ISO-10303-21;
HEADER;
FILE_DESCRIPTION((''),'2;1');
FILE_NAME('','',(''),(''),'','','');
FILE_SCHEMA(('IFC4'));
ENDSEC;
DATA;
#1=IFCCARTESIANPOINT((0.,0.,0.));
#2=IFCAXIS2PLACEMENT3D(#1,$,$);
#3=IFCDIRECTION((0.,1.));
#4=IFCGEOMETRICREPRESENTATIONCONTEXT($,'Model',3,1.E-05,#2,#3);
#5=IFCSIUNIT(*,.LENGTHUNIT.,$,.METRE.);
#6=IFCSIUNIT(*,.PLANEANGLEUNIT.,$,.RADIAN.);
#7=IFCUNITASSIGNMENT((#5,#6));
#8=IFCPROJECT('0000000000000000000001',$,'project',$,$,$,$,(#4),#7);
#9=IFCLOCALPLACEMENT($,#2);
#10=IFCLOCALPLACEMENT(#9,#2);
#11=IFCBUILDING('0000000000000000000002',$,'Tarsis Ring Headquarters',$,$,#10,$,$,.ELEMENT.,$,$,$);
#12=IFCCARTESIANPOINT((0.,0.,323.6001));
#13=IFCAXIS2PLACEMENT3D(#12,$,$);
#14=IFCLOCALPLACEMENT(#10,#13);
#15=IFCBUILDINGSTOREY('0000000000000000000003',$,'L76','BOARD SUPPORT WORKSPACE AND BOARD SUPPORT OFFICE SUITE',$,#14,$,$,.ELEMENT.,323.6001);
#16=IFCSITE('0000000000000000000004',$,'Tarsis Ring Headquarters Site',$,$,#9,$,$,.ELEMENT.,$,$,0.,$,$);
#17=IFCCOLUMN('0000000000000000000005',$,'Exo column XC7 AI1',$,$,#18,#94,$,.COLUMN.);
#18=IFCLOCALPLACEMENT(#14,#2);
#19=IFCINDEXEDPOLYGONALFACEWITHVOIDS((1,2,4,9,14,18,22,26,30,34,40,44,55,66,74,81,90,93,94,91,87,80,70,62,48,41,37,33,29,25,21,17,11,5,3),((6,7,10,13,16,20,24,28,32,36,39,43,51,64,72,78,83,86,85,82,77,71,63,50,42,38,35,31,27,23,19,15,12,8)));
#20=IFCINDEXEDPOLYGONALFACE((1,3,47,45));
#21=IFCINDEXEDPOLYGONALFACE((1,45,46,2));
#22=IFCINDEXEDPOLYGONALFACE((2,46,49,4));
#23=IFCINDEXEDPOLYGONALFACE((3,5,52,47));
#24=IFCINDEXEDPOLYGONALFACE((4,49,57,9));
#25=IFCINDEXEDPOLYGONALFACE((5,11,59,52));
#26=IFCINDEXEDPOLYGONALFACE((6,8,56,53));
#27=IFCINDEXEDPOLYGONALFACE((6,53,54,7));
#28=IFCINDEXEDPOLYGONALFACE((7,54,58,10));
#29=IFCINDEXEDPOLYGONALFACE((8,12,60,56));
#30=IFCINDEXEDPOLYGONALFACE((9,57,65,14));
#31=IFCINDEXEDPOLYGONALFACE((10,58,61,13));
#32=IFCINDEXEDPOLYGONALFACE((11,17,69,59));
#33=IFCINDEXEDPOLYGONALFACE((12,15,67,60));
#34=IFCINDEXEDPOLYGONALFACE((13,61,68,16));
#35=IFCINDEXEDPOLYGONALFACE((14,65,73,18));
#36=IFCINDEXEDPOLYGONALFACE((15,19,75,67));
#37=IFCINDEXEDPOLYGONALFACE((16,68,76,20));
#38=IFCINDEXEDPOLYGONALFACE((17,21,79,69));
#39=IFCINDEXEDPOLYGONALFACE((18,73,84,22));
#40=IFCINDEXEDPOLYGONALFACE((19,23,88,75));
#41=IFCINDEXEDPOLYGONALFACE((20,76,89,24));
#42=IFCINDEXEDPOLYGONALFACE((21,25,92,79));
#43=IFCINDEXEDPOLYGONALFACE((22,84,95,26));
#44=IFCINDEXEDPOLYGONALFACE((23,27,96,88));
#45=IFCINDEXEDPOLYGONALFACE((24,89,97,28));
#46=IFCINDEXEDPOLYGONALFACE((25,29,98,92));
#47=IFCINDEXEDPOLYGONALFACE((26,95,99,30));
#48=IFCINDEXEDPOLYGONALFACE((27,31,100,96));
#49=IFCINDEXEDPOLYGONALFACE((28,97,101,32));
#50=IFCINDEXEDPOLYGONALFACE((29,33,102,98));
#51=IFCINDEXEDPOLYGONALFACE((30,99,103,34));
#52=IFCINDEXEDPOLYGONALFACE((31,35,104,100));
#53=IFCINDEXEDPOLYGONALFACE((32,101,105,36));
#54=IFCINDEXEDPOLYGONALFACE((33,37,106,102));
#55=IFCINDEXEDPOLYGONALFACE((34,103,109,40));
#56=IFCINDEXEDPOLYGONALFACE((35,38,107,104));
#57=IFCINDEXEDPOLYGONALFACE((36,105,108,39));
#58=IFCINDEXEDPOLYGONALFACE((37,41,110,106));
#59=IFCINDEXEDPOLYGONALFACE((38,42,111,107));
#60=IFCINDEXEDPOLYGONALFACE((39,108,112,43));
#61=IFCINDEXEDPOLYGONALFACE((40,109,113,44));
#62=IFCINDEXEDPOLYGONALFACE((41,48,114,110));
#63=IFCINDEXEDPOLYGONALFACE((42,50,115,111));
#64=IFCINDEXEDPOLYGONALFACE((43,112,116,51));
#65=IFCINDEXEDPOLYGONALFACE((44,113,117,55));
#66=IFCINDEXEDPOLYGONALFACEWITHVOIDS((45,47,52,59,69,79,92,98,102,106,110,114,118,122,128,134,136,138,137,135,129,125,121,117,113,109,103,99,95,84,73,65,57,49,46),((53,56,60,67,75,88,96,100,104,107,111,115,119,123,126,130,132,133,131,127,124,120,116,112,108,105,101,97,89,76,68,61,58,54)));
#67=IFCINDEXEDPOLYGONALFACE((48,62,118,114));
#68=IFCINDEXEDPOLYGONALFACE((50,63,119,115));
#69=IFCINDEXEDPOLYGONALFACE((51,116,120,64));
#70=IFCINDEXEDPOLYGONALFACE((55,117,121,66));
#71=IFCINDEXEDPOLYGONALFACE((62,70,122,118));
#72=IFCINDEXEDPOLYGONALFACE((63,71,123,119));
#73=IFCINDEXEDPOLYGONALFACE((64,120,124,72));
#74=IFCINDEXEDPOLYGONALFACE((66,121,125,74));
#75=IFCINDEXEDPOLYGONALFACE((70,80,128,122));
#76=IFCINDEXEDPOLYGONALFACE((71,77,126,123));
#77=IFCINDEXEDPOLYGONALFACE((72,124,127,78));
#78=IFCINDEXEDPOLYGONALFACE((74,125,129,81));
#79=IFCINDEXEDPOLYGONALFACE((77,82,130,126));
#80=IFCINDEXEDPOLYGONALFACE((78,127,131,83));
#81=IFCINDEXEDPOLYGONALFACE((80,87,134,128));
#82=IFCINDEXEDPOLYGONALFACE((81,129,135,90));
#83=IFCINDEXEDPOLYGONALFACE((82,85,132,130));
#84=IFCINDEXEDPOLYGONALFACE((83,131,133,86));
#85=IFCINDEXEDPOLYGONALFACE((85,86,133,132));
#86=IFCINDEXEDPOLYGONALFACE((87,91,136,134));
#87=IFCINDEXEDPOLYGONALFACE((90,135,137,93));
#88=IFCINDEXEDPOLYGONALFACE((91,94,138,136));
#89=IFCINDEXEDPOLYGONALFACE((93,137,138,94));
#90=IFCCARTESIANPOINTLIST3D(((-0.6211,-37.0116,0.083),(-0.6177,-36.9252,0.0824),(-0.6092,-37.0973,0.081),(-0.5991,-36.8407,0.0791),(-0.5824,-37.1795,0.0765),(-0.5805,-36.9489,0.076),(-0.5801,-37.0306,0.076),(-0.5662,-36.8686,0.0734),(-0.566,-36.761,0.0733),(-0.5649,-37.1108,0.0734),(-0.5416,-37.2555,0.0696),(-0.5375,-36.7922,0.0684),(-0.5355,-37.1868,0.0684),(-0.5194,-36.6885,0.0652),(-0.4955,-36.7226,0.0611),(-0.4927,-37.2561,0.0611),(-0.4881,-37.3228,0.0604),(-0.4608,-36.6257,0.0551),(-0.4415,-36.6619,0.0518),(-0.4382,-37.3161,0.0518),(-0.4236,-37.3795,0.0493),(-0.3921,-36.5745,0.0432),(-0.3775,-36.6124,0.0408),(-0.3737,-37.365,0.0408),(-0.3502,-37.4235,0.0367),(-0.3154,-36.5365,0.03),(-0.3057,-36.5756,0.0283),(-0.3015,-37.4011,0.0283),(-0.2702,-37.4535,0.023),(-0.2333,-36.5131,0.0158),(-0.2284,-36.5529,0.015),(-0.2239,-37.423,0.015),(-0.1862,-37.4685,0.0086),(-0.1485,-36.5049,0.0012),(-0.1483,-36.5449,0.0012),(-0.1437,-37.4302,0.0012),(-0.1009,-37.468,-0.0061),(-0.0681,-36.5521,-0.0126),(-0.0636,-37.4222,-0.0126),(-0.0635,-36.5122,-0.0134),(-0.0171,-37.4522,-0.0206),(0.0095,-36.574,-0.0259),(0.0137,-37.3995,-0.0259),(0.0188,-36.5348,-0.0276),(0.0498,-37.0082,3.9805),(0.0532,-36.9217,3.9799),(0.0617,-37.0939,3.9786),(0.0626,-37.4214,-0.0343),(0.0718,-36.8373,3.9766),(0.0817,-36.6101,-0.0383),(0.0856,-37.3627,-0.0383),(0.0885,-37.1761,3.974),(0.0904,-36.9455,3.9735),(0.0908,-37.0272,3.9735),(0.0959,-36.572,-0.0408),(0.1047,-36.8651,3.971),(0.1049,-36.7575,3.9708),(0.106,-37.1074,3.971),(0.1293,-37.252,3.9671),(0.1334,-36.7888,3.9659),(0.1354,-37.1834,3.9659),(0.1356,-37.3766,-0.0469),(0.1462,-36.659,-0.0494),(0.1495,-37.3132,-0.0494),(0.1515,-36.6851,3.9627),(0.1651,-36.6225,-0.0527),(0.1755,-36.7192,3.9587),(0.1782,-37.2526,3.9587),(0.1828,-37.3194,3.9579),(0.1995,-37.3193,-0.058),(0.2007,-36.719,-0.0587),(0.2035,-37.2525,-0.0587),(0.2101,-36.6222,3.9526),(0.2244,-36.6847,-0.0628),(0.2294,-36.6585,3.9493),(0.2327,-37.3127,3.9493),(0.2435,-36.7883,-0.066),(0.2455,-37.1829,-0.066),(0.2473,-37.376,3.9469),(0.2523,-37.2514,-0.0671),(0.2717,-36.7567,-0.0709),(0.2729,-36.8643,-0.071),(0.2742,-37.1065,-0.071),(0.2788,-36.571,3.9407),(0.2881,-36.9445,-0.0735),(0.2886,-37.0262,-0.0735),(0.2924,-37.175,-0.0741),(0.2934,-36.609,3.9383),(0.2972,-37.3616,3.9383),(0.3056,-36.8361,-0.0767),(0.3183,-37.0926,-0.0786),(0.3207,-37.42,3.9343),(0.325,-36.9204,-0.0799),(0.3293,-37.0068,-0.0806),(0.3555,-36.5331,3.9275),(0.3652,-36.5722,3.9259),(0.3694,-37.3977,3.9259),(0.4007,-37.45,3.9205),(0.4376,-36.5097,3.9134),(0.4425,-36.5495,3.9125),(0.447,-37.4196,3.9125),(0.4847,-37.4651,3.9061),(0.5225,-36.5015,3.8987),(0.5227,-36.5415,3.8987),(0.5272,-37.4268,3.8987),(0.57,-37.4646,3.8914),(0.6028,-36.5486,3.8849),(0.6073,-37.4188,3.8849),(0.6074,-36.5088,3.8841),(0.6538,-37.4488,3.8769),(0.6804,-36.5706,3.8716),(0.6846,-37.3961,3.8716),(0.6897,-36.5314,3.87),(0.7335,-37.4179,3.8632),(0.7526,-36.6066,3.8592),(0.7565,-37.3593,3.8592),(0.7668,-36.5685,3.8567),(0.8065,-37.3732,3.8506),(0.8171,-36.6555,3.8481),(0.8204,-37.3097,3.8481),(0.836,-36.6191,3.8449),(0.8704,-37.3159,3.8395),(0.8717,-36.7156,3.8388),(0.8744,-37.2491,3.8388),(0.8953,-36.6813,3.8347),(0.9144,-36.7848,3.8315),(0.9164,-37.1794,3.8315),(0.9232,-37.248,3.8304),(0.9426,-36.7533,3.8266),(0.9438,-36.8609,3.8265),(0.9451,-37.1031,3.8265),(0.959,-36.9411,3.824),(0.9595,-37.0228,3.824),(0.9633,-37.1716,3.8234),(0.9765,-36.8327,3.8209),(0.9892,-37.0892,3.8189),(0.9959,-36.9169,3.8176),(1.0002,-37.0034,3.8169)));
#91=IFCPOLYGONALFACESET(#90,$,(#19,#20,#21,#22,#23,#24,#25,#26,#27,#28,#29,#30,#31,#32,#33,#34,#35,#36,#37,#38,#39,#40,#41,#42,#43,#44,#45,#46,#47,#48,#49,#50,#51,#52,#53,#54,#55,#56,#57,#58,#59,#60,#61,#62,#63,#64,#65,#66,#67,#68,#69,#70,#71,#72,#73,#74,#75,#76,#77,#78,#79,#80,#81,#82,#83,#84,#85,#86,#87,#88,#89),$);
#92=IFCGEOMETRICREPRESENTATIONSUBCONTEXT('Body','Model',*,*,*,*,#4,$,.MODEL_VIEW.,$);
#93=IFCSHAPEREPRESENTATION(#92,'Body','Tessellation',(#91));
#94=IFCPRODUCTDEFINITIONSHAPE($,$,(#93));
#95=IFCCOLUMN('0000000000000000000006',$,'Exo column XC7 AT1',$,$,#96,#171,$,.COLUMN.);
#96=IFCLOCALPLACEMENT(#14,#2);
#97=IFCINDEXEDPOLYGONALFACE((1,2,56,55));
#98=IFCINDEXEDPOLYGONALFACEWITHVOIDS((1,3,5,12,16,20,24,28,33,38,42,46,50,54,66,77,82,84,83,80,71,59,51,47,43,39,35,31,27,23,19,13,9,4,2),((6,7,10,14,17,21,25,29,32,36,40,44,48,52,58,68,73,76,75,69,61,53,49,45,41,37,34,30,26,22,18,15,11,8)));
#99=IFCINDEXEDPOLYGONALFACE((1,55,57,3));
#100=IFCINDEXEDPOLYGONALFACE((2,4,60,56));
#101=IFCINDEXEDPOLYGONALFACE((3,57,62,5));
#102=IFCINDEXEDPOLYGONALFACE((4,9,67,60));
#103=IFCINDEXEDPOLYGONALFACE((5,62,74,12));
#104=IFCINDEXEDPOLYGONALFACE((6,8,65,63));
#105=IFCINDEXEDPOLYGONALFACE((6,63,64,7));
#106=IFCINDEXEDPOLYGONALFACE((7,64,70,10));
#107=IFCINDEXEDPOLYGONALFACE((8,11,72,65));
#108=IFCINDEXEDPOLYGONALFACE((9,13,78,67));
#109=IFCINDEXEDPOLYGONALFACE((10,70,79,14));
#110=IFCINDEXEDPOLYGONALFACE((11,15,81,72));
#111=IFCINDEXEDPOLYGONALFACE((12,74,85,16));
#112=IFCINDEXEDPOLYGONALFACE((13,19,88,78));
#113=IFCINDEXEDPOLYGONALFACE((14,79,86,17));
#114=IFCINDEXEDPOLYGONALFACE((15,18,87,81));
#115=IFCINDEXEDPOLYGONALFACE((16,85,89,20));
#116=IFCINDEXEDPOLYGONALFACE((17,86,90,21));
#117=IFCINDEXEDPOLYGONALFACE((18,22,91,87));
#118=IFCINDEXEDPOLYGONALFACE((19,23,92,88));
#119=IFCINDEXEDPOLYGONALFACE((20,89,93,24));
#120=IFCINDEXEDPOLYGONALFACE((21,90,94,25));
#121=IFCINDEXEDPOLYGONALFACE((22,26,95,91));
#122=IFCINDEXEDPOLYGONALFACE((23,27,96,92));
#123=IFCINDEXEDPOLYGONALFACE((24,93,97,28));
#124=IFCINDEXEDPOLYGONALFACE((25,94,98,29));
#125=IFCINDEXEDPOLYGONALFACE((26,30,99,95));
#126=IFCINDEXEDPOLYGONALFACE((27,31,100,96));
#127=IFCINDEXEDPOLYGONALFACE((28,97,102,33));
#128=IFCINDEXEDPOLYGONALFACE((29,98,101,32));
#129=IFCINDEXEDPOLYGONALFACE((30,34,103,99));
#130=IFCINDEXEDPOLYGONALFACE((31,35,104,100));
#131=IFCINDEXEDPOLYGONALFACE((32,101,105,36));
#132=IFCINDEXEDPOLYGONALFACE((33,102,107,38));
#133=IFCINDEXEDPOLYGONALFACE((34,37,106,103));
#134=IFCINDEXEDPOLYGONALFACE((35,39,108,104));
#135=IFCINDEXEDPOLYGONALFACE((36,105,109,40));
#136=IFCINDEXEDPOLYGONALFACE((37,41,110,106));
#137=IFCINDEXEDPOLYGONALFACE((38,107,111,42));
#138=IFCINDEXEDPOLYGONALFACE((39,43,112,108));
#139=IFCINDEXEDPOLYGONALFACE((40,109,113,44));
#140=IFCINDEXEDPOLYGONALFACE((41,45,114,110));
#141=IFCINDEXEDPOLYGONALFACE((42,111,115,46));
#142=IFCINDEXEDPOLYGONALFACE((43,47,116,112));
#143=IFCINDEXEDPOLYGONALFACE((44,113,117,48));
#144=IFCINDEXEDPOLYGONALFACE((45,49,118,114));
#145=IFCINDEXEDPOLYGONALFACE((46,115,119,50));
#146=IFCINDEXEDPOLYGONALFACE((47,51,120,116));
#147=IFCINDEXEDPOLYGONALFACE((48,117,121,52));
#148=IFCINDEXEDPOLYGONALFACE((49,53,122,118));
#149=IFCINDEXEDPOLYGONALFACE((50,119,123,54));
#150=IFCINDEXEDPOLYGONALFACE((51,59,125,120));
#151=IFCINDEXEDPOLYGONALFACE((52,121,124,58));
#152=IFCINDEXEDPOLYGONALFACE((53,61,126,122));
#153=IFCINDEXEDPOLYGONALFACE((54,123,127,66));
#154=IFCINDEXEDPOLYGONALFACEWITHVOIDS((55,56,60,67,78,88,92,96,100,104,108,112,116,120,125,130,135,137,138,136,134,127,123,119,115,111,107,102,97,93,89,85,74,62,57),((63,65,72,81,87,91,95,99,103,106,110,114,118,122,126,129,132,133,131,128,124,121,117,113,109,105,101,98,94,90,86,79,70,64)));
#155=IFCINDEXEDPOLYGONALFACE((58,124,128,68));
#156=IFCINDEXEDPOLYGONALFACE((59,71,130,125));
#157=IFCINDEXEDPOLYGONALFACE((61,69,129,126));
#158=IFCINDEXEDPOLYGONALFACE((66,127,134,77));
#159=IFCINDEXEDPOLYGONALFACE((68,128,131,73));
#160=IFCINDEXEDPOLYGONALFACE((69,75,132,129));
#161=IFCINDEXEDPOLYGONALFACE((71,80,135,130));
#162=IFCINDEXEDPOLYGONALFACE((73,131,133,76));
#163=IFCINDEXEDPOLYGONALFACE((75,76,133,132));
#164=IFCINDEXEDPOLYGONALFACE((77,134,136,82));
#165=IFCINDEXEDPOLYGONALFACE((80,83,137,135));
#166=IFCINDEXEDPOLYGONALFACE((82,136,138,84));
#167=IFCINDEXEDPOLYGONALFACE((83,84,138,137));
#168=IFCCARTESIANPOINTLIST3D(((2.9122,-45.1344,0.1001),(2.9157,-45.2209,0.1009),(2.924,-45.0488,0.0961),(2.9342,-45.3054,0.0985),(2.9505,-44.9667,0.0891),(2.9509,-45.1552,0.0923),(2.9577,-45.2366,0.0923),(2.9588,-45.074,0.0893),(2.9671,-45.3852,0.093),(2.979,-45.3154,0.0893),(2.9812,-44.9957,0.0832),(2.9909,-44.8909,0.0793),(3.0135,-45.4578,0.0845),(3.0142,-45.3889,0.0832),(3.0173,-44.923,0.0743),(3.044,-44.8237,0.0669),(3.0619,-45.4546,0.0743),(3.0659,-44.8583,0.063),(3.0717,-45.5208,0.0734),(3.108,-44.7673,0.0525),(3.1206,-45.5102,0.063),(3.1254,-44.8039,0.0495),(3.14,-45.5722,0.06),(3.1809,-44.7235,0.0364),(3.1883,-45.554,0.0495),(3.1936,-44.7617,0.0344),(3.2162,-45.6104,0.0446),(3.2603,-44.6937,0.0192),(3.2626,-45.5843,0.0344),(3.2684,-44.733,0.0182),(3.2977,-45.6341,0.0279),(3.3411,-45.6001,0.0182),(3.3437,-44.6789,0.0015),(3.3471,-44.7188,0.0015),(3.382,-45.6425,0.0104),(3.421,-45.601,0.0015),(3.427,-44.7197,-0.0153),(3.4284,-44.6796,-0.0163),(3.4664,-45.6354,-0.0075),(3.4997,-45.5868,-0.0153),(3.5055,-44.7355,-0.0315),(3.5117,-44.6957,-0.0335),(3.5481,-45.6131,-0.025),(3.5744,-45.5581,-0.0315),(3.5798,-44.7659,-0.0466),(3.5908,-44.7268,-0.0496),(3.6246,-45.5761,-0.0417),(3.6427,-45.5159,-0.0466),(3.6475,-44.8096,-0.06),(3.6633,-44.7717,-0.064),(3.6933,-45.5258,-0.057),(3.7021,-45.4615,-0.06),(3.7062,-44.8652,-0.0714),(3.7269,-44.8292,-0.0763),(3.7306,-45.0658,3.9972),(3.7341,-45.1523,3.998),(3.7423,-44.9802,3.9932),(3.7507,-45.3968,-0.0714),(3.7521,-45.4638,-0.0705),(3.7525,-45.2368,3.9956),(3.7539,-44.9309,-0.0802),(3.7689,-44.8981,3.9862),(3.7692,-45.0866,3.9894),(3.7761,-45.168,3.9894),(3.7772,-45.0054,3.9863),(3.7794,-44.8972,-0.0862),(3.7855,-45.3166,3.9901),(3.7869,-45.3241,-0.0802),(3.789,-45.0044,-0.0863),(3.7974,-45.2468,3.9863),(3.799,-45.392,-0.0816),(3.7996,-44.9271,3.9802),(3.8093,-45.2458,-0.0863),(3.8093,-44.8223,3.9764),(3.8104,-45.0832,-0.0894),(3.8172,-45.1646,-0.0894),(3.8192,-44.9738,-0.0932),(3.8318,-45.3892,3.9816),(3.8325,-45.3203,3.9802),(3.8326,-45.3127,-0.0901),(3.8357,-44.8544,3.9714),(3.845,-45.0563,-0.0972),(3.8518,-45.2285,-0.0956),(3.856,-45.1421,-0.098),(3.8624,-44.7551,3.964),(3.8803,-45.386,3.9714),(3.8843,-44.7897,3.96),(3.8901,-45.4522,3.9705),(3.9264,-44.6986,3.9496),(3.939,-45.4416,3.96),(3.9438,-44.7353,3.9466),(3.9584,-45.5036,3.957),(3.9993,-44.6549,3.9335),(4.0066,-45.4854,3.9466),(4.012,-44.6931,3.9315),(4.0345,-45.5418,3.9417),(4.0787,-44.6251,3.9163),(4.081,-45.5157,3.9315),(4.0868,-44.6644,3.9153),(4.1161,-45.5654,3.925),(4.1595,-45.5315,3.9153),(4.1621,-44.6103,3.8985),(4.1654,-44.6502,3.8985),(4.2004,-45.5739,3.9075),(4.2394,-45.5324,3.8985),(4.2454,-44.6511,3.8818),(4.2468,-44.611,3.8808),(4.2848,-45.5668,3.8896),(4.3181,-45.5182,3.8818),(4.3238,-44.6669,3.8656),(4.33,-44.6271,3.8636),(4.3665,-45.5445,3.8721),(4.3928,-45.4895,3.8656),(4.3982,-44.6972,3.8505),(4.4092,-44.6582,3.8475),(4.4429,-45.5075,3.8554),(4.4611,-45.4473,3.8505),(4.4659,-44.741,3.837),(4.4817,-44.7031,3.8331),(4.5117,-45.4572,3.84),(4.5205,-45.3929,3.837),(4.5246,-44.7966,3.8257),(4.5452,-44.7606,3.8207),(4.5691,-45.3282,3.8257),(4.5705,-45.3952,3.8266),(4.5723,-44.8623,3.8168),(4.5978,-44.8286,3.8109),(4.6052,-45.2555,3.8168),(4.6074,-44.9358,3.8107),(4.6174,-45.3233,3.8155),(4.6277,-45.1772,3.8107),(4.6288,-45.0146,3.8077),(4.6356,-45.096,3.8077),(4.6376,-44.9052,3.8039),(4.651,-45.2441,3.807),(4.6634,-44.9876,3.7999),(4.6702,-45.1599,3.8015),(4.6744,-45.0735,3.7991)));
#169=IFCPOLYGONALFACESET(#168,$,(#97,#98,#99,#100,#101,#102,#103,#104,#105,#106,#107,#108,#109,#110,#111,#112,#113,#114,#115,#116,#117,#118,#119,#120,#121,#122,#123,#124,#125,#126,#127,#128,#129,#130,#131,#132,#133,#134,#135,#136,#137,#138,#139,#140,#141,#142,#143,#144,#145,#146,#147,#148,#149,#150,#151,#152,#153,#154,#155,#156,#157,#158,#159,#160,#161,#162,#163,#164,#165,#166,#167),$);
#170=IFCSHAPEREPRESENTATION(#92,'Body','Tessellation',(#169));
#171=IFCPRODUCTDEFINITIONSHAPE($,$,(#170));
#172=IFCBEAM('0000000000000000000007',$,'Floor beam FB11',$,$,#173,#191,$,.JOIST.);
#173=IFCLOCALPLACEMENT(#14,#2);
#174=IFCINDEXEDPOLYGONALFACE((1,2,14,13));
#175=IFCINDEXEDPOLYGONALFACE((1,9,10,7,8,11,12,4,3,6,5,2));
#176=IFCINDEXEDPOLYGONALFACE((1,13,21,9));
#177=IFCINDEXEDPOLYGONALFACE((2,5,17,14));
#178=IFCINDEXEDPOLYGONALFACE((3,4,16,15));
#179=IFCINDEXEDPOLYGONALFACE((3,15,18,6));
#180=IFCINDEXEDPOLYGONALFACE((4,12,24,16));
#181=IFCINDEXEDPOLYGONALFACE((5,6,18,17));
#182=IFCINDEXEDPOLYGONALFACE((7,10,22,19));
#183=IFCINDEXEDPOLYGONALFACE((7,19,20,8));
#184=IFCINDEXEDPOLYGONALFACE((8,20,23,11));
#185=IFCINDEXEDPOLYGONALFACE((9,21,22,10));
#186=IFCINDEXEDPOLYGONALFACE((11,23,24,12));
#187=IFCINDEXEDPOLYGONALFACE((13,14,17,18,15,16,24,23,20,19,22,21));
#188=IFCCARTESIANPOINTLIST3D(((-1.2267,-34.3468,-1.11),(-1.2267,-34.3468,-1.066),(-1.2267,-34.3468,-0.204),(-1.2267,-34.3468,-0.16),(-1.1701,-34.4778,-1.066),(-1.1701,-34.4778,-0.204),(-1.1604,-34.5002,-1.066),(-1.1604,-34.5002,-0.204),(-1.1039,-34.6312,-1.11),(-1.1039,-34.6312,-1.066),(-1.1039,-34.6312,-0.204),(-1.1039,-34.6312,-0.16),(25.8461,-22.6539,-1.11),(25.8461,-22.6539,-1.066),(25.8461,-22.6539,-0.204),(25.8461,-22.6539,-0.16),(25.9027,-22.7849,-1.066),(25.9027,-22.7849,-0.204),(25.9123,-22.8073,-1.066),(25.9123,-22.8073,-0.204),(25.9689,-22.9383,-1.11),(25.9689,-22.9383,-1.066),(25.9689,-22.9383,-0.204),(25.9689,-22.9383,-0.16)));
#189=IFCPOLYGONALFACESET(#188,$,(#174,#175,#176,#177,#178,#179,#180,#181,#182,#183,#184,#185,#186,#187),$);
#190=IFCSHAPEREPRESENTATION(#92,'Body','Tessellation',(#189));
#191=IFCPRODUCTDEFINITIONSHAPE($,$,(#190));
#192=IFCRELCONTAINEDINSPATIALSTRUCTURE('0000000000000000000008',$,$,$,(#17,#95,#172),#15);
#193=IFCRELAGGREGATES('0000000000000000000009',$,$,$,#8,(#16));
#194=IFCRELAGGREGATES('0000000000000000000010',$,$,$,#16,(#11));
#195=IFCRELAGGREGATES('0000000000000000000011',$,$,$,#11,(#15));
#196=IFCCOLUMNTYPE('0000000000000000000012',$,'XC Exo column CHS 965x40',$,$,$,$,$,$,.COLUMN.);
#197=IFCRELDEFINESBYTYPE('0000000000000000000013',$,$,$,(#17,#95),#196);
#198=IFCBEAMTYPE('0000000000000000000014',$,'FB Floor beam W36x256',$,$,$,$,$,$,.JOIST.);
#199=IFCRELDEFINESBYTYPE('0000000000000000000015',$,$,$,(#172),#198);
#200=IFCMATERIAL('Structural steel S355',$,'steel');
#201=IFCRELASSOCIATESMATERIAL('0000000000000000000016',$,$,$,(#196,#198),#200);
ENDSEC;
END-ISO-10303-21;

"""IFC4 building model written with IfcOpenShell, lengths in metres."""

from ifc_helpers import new_model, si_unit, direction, frame, origin, origin_2d, place, context, subcontext, project, spatial, hollow_circle, i_section, extrude, material, material_profile, profile_set, type_object, element, save


model = new_model("IFC4")

# Units and contexts
model_context = context("Model", 3, precision=1e-05, world=origin(), true_north=direction((0.0, 1.0)))
body_context = subcontext(model_context, "Body", "Model", "MODEL_VIEW")
ifc_project = project(units=[si_unit("LENGTHUNIT", "METRE"), si_unit("PLANEANGLEUNIT", "RADIAN")], contexts=[model_context])

# Site, building, storey
site_placement = place(None, origin())
site = spatial("IfcSite", under=ifc_project, at=site_placement, Name="Tarsis Ring Headquarters Site", CompositionType="ELEMENT", RefElevation=0.0)
building_placement = place(site_placement, origin())
building = spatial("IfcBuilding", under=site, at=building_placement, Name="Tarsis Ring Headquarters", CompositionType="ELEMENT")
storey_placement = place(building_placement, frame((0.0, 0.0, 323.6001)))
storey = spatial("IfcBuildingStorey", under=building, at=storey_placement, Name="L76", Description="BOARD SUPPORT WORKSPACE AND BOARD SUPPORT OFFICE SUITE", CompositionType="ELEMENT", Elevation=323.6001)

# Columns
ifc_material_1 = material(Name="Structural steel S355", Category="steel")
ifc_material_profile_1 = material_profile(ifc_material_1, hollow_circle(Radius=0.4827, WallThickness=0.04, at=origin_2d()), Name="CHS 965x40")
ifc_profile_set_1 = profile_set([ifc_material_profile_1], Name="Structural steel S355")
column_type = type_object("IfcColumnType", Name="XC Exo column CHS 965x40", PredefinedType="COLUMN", material=ifc_profile_set_1)
column_1_placement = place(storey_placement, frame((-0.146, -36.9875, 0.0012), z_axis=(0.169642, 0.000864, 0.985505), x_axis=(-0.005095, 0.999987, 0.0)))
element("IfcColumn", 1, at=column_1_placement, inside=storey, type_object=column_type, Name="Exo column XC7 AI1", PredefinedType="COLUMN", context=body_context, shape_type="SweptSolid", body=[
    extrude(hollow_circle(Radius=0.4827, WallThickness=0.04, at=origin_2d()), origin(), (0.0, 0.0, 1.0), 3.9548),
])
column_2_placement = place(storey_placement, frame((3.384, -45.1599, 0.0015), z_axis=(0.205486, 0.017226, 0.978509), x_axis=(-0.083538, 0.996505, 0.0)))
element("IfcColumn", 2, at=column_2_placement, inside=storey, type_object=column_type, Name="Exo column XC7 AT1", PredefinedType="COLUMN", context=body_context, shape_type="SweptSolid", body=[
    extrude(hollow_circle(Radius=0.4827, WallThickness=0.04, at=origin_2d()), origin(), (0.0, 0.0, 1.0), 3.9827),
])

# Beam
ifc_material_profile_2 = material_profile(ifc_material_1, i_section(OverallWidth=0.3098, OverallDepth=0.95, WebThickness=0.0244, FlangeThickness=0.0439, at=origin_2d()), Name="W36x256")
ifc_profile_set_2 = profile_set([ifc_material_profile_2], Name="Structural steel S355")
beam_type_1 = type_object("IfcBeamType", Name="FB Floor beam W36x256", PredefinedType="JOIST", material=ifc_profile_set_2)
beam_1_placement = place(storey_placement, frame((-1.1653, -34.489, -0.635), z_axis=(0.918033, 0.396504, 0.0), x_axis=(-0.396504, 0.918033, 0.0)))
element("IfcBeam", 3, at=beam_1_placement, inside=storey, type_object=beam_type_1, Name="Floor beam FB11", PredefinedType="JOIST", context=body_context, shape_type="SweptSolid", body=[
    extrude(i_section(OverallWidth=0.3098, OverallDepth=0.95, WebThickness=0.0244, FlangeThickness=0.0439, at=origin_2d()), origin(), (0.0, 0.0, 1.0), 29.49),
])

save(model, "model.ifc")
